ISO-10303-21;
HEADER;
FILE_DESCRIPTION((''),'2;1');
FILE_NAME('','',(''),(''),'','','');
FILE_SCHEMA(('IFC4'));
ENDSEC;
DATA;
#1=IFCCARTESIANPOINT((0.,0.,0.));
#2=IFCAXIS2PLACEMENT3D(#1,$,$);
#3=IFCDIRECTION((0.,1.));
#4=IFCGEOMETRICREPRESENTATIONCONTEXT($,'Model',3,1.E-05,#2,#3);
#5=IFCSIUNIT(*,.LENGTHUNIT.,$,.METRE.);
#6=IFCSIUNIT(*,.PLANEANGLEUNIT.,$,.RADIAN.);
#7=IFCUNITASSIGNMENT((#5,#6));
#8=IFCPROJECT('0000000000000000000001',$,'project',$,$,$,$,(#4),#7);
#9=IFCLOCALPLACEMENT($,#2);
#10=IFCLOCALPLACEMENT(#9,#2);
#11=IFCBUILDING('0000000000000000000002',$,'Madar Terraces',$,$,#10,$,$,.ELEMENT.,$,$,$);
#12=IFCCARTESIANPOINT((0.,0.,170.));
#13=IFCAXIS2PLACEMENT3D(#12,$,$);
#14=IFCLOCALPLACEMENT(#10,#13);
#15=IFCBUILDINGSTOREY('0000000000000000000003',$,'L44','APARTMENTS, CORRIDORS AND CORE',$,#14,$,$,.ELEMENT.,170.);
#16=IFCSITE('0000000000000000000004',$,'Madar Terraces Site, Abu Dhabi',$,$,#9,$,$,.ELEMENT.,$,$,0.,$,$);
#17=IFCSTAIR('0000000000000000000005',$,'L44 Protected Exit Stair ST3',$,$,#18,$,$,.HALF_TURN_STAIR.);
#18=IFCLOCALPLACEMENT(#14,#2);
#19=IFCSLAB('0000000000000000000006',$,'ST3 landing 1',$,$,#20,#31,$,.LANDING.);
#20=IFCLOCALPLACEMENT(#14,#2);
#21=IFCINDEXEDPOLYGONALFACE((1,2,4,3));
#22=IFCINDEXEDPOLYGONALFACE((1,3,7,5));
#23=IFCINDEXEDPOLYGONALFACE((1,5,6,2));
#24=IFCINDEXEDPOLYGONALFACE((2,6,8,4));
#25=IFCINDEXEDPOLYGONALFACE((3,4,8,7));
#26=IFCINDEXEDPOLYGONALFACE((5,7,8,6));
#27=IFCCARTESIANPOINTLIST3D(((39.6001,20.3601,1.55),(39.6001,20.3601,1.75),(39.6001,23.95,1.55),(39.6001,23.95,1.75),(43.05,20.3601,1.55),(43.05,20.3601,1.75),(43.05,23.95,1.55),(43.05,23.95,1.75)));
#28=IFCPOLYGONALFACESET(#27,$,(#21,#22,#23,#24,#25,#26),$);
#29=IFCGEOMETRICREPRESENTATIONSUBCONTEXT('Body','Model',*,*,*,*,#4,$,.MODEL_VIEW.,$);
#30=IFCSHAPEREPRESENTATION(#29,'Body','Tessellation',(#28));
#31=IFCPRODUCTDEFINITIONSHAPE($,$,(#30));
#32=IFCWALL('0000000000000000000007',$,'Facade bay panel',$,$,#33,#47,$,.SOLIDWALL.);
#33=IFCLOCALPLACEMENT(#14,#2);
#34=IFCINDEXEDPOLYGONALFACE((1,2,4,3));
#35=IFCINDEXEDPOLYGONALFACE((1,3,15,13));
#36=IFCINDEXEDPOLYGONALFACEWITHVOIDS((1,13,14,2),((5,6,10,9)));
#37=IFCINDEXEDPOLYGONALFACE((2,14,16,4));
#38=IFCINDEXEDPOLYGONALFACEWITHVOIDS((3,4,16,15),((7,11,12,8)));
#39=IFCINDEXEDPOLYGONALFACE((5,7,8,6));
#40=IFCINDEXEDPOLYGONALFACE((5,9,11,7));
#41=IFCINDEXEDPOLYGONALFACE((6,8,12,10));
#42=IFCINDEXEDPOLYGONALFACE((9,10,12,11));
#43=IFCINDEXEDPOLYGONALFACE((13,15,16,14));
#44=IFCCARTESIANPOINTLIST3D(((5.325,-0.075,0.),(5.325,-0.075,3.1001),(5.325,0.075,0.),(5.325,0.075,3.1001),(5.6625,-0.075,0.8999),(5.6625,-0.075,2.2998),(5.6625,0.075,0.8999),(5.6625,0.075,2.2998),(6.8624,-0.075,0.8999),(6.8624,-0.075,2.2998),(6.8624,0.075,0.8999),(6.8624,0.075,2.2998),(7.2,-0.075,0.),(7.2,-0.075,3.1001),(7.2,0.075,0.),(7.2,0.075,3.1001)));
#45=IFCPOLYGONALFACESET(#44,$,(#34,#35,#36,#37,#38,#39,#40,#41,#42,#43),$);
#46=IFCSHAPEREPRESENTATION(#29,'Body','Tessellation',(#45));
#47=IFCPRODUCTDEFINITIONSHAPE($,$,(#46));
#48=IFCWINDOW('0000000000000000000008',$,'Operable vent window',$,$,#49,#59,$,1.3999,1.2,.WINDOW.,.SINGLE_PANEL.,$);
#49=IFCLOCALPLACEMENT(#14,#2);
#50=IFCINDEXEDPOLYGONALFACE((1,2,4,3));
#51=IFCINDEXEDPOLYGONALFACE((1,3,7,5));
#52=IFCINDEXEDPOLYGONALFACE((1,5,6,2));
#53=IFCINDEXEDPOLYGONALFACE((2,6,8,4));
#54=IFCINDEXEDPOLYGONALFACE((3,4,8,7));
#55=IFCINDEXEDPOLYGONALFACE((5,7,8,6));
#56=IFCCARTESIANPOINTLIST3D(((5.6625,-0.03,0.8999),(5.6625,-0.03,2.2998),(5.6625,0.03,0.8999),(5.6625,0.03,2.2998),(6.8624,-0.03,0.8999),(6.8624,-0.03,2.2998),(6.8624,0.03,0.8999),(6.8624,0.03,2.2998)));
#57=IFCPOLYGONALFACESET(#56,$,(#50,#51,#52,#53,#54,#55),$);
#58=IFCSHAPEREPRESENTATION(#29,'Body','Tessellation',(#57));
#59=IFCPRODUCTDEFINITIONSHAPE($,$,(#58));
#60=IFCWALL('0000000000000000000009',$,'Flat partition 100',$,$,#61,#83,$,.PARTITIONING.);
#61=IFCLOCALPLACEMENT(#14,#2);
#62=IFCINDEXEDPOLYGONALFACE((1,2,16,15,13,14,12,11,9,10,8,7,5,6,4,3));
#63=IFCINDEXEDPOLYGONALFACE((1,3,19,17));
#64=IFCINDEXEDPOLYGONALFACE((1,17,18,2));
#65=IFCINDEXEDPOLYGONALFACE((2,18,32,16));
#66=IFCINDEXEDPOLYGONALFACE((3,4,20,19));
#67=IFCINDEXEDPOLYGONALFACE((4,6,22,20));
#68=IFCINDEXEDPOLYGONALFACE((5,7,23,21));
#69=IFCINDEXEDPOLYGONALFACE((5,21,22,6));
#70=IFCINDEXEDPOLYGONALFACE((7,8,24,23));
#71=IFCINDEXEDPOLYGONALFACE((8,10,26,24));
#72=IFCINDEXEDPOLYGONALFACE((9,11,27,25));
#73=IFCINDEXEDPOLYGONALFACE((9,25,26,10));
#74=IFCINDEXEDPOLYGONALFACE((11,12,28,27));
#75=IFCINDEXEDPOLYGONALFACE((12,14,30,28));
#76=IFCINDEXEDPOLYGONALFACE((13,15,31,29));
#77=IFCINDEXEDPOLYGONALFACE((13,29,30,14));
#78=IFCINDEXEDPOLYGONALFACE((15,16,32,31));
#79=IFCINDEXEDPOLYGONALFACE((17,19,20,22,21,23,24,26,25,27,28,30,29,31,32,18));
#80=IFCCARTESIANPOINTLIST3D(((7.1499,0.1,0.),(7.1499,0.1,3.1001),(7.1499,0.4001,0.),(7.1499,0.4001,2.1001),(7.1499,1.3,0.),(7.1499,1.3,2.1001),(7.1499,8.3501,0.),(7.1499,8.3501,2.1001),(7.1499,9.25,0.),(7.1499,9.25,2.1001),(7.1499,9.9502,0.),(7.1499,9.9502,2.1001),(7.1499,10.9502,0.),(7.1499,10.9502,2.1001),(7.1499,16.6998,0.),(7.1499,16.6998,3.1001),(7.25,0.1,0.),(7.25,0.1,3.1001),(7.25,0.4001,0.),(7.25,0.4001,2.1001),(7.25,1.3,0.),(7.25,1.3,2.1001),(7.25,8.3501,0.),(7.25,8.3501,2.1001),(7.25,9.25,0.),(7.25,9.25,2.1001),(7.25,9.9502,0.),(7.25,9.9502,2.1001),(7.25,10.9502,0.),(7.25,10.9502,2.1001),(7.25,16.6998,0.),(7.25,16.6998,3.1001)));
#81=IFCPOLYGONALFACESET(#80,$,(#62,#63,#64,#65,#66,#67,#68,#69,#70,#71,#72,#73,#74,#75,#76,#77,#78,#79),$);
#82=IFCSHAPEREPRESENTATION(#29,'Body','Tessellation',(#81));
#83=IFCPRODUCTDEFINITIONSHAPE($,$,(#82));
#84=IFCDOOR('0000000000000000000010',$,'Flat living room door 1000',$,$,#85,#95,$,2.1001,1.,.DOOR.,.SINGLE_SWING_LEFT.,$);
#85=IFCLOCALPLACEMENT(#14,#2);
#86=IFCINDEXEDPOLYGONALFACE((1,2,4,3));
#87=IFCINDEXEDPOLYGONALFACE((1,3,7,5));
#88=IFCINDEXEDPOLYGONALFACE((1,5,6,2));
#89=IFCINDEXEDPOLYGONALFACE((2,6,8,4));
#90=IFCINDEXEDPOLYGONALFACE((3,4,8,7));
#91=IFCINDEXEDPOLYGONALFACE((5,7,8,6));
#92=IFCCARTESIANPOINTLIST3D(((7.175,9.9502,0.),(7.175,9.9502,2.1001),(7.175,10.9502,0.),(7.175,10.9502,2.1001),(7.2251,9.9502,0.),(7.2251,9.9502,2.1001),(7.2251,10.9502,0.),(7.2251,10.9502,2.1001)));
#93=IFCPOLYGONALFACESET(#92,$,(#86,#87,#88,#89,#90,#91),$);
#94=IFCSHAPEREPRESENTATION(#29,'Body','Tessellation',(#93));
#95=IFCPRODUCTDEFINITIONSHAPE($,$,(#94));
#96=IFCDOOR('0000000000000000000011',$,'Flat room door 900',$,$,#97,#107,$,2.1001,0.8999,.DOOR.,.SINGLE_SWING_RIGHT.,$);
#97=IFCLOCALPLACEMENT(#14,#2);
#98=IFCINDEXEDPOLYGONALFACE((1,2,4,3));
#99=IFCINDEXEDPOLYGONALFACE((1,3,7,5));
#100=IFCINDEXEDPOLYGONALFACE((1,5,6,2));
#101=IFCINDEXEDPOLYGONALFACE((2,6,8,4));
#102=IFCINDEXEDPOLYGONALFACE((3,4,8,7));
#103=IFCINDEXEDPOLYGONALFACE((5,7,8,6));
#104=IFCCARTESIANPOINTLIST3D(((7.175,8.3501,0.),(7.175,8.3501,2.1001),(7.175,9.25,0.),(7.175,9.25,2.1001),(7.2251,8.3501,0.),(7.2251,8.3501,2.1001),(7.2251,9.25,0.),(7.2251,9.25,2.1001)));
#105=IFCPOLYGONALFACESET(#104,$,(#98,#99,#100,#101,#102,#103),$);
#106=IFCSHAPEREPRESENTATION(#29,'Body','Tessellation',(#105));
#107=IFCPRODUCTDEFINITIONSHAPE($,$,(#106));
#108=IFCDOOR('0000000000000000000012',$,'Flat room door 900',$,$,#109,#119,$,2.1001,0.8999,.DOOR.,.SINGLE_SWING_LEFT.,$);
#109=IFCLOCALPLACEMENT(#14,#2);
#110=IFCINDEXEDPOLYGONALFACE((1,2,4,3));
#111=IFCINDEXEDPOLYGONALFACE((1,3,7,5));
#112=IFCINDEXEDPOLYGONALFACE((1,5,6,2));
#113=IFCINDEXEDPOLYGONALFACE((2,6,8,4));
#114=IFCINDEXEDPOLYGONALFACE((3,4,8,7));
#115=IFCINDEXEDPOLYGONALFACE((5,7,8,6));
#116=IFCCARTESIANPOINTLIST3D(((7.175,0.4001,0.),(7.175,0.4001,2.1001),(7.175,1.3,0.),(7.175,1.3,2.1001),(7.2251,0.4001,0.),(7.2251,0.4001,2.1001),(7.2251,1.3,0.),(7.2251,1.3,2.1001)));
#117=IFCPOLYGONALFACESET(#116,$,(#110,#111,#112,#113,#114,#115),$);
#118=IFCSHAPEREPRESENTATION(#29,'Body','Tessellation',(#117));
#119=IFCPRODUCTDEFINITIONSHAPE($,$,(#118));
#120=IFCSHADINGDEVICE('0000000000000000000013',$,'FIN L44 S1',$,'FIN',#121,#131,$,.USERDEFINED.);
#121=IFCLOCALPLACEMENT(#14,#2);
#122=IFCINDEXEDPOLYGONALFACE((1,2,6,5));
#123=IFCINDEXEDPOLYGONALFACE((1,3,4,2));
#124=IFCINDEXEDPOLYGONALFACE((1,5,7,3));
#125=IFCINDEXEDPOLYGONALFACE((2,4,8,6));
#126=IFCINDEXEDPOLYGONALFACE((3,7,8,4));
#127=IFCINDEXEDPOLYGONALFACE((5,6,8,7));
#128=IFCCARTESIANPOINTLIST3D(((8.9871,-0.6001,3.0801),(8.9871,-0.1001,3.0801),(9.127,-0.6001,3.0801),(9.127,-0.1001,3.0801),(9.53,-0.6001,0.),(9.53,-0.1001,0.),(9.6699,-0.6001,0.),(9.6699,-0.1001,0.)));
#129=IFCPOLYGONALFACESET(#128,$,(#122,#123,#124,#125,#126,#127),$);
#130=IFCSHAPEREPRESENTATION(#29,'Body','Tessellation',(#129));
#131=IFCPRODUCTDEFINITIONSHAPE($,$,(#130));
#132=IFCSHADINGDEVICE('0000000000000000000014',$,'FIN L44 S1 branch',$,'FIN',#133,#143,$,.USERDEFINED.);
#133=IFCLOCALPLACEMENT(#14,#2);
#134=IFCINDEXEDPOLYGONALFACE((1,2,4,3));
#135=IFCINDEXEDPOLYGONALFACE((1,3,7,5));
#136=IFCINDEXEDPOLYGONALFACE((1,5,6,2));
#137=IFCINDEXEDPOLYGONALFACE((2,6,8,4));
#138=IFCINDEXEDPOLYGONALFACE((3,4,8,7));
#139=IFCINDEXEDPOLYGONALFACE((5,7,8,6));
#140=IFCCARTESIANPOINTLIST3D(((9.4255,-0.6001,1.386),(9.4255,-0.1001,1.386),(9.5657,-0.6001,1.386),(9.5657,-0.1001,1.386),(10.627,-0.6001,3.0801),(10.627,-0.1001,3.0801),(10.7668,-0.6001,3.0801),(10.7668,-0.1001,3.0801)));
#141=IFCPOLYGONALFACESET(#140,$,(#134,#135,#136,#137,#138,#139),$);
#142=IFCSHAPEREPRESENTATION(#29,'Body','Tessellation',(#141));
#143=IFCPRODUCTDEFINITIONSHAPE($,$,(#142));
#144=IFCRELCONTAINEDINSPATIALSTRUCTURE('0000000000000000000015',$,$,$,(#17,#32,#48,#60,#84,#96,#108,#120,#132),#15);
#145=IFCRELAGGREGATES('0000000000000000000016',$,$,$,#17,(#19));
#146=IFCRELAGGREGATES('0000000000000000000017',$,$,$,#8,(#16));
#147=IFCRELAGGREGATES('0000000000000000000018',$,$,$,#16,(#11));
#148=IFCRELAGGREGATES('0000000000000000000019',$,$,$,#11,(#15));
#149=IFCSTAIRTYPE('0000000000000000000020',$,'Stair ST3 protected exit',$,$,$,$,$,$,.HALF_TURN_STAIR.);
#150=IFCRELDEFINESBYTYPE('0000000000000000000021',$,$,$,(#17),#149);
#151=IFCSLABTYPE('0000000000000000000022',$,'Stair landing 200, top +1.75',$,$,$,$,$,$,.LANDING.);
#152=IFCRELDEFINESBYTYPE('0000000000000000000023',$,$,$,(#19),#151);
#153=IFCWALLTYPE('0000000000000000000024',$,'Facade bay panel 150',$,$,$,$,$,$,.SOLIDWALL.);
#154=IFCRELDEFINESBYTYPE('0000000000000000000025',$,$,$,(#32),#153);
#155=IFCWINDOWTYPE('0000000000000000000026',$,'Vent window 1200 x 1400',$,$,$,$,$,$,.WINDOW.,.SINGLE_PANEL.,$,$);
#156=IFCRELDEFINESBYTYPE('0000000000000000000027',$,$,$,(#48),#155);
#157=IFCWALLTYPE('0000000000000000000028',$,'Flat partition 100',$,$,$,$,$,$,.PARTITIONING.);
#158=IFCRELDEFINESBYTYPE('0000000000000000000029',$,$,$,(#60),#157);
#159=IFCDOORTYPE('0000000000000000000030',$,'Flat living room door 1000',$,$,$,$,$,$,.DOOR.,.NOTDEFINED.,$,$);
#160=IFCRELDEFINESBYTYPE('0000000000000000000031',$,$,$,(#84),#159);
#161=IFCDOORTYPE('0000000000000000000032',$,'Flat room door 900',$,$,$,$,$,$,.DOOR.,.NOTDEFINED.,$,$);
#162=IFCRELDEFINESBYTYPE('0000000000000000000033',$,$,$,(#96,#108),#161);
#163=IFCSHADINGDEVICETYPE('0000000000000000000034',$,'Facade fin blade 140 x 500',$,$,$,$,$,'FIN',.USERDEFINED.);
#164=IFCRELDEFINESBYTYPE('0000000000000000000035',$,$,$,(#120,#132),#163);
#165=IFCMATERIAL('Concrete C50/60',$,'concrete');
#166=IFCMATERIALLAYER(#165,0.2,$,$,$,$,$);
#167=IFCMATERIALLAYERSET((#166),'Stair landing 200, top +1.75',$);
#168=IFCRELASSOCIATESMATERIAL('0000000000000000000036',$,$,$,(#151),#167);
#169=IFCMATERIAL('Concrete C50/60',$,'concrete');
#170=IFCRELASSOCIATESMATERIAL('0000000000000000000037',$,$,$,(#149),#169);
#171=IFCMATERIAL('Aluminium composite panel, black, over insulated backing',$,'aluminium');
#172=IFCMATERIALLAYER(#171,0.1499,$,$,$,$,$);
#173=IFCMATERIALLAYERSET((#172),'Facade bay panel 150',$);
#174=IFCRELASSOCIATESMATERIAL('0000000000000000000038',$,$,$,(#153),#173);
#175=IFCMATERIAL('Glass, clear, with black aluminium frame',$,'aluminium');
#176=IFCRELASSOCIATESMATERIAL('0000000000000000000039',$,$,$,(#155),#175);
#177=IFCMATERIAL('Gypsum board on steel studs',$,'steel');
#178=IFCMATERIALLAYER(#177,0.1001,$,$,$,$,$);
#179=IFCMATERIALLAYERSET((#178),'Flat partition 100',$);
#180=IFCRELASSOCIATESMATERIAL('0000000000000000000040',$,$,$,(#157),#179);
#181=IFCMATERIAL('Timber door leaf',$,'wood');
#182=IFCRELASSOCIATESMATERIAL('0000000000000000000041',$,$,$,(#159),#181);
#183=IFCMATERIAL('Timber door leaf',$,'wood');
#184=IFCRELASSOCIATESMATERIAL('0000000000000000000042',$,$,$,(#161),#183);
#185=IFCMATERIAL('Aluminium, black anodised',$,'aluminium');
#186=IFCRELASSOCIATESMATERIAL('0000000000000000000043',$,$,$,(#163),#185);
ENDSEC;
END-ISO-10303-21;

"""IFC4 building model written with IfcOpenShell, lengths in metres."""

from ifc_helpers import new_model, si_unit, direction, frame, frame_2d, origin, place, context, subcontext, project, spatial, polyline, rectangle, outline, extrude, material, layer, layer_set, type_object, element, fill, aggregate, save


model = new_model("IFC4")

# Units and contexts
model_context = context("Model", 3, precision=1e-05, world=origin(), true_north=direction((0.0, 1.0)))
body_context = subcontext(model_context, "Body", "Model", "MODEL_VIEW")
ifc_project = project(units=[si_unit("LENGTHUNIT", "METRE"), si_unit("PLANEANGLEUNIT", "RADIAN")], contexts=[model_context])

# Site, building, storey
site_placement = place(None, origin())
site = spatial("IfcSite", under=ifc_project, at=site_placement, Name="Madar Terraces Site, Abu Dhabi", CompositionType="ELEMENT", RefElevation=0.0)
building_placement = place(site_placement, origin())
building = spatial("IfcBuilding", under=site, at=building_placement, Name="Madar Terraces", CompositionType="ELEMENT")
storey_placement = place(building_placement, frame((0.0, 0.0, 170.0)))
storey = spatial("IfcBuildingStorey", under=building, at=storey_placement, Name="L44", Description="APARTMENTS, CORRIDORS AND CORE", CompositionType="ELEMENT", Elevation=170.0)

# Stair, slab
ifc_material_1 = material(Name="Concrete C50/60", Category="concrete")
ifc_layer_1 = layer(ifc_material_1, 0.2)
ifc_layer_set_1 = layer_set([ifc_layer_1], Name="Stair landing 200, top +1.75")
slab_type_1 = type_object("IfcSlabType", Name="Stair landing 200, top +1.75", PredefinedType="LANDING", material=ifc_layer_set_1)
ifc_material_2 = material(Name="Concrete C50/60", Category="concrete")
stair_type_1 = type_object("IfcStairType", Name="Stair ST3 protected exit", PredefinedType="HALF_TURN_STAIR", material=ifc_material_2)
stair_1_placement = place(storey_placement, origin())
stair_1 = element("IfcStair", 1, at=stair_1_placement, inside=storey, type_object=stair_type_1, Name="L44 Protected Exit Stair ST3", PredefinedType="HALF_TURN_STAIR")
slab_1_placement = place(storey_placement, frame((0.0, 0.0, 1.55)))
slab_1 = element("IfcSlab", 2, at=slab_1_placement, type_object=slab_type_1, Name="ST3 landing 1", PredefinedType="LANDING", context=body_context, shape_type="SweptSolid", body=[
    extrude(outline(polyline([(39.6001, 20.3601), (43.05, 20.3601), (43.05, 23.95), (39.6001, 23.95), (39.6001, 20.3601)])), origin(), (0.0, 0.0, 1.0), 0.2),
])
aggregate(stair_1, [slab_1])

# Wall, opening, window
ifc_material_3 = material(Name="Aluminium composite panel, black, over insulated backing", Category="aluminium")
ifc_layer_2 = layer(ifc_material_3, 0.1499)
ifc_layer_set_2 = layer_set([ifc_layer_2], Name="Facade bay panel 150")
wall_type_1 = type_object("IfcWallType", Name="Facade bay panel 150", PredefinedType="SOLIDWALL", material=ifc_layer_set_2)
wall_1_placement = place(storey_placement, frame((5.325, 0.0, 0.0), z_axis=(0.0, 0.0, 1.0), x_axis=(1.0, 0.0, 0.0)))
wall_1 = element("IfcWall", 3, at=wall_1_placement, inside=storey, type_object=wall_type_1, Name="Facade bay panel", PredefinedType="SOLIDWALL", context=body_context, shape_type="SweptSolid", body=[
    extrude(rectangle(XDim=1.875, YDim=0.1499, at=frame_2d((0.9375, 0.0))), origin(), (0.0, 0.0, 1.0), 3.1001),
])
opening_1_placement = place(wall_1_placement, frame((0.3374, 0.0, 0.8999)))
opening_1 = element("IfcOpeningElement", 4, at=opening_1_placement, cuts=wall_1, PredefinedType="OPENING", context=body_context, shape_type="SweptSolid", body=[
    extrude(rectangle(XDim=1.2, YDim=1.3999, at=frame_2d((0.6001, 0.7))), frame((0.0, 0.085, 0.0), z_axis=(0.0, -1.0, 0.0), x_axis=(1.0, 0.0, 0.0)), (0.0, 0.0, 1.0), 0.1699),
])
ifc_material_4 = material(Name="Glass, clear, with black aluminium frame", Category="aluminium")
window_type = type_object("IfcWindowType", Name="Vent window 1200 x 1400", PartitioningType="SINGLE_PANEL", PredefinedType="WINDOW", material=ifc_material_4)
window_placement = place(opening_1_placement, origin())
window = element("IfcWindow", 5, at=window_placement, inside=storey, type_object=window_type, Name="Operable vent window", OverallHeight=1.3999, OverallWidth=1.2, PartitioningType="SINGLE_PANEL", PredefinedType="WINDOW", context=body_context, shape_type="SweptSolid", body=[
    extrude(rectangle(XDim=1.2, YDim=1.3999, at=frame_2d((0.6001, 0.7))), frame((0.0, 0.03, 0.0), z_axis=(0.0, -1.0, 0.0), x_axis=(1.0, 0.0, 0.0)), (0.0, 0.0, 1.0), 0.0601),
])
fill(opening_1, window)

# Wall, openings, doors
ifc_material_5 = material(Name="Gypsum board on steel studs", Category="steel")
ifc_layer_3 = layer(ifc_material_5, 0.1001)
ifc_layer_set_3 = layer_set([ifc_layer_3], Name="Flat partition 100")
wall_type_2 = type_object("IfcWallType", Name="Flat partition 100", PredefinedType="PARTITIONING", material=ifc_layer_set_3)
wall_2_placement = place(storey_placement, frame((7.2, 0.1001, 0.0), z_axis=(0.0, 0.0, 1.0), x_axis=(0.0, 1.0, 0.0)))
wall_2 = element("IfcWall", 6, at=wall_2_placement, inside=storey, type_object=wall_type_2, Name="Flat partition 100", PredefinedType="PARTITIONING", context=body_context, shape_type="SweptSolid", body=[
    extrude(rectangle(XDim=16.5999, YDim=0.1001, at=frame_2d((8.2998, 0.0))), origin(), (0.0, 0.0, 1.0), 3.1001),
])
opening_2_placement = place(wall_2_placement, frame((9.8501, 0.0, 0.0)))
opening_2 = element("IfcOpeningElement", 7, at=opening_2_placement, cuts=wall_2, PredefinedType="OPENING", context=body_context, shape_type="SweptSolid", body=[
    extrude(rectangle(XDim=1.0, YDim=2.1001, at=frame_2d((0.5, 1.05))), frame((0.0, 0.0601, 0.0), z_axis=(0.0, -1.0, 0.0), x_axis=(1.0, 0.0, 0.0)), (0.0, 0.0, 1.0), 0.1201),
])
opening_3_placement = place(wall_2_placement, frame((8.25, 0.0, 0.0)))
opening_3 = element("IfcOpeningElement", 8, at=opening_3_placement, cuts=wall_2, PredefinedType="OPENING", context=body_context, shape_type="SweptSolid", body=[
    extrude(rectangle(XDim=0.8999, YDim=2.1001, at=frame_2d((0.45, 1.05))), frame((0.0, 0.0601, 0.0), z_axis=(0.0, -1.0, 0.0), x_axis=(1.0, 0.0, 0.0)), (0.0, 0.0, 1.0), 0.1201),
])
opening_4_placement = place(wall_2_placement, frame((0.3, 0.0, 0.0)))
opening_4 = element("IfcOpeningElement", 9, at=opening_4_placement, cuts=wall_2, PredefinedType="OPENING", context=body_context, shape_type="SweptSolid", body=[
    extrude(rectangle(XDim=0.8999, YDim=2.1001, at=frame_2d((0.45, 1.05))), frame((0.0, 0.0601, 0.0), z_axis=(0.0, -1.0, 0.0), x_axis=(1.0, 0.0, 0.0)), (0.0, 0.0, 1.0), 0.1201),
])
ifc_material_6 = material(Name="Timber door leaf", Category="wood")
door_type_1 = type_object("IfcDoorType", Name="Flat living room door 1000", OperationType="NOTDEFINED", PredefinedType="DOOR", material=ifc_material_6)
door_1_placement = place(opening_2_placement, origin())
door_1 = element("IfcDoor", 10, at=door_1_placement, inside=storey, type_object=door_type_1, Name="Flat living room door 1000", OperationType="SINGLE_SWING_LEFT", OverallHeight=2.1001, OverallWidth=1.0, PredefinedType="DOOR", context=body_context, shape_type="SweptSolid", body=[
    extrude(rectangle(XDim=1.0, YDim=2.1001, at=frame_2d((0.5, 1.05))), frame((0.0, 0.0249, 0.0), z_axis=(0.0, -1.0, 0.0), x_axis=(1.0, 0.0, 0.0)), (0.0, 0.0, 1.0), 0.05),
])
fill(opening_2, door_1)
ifc_material_7 = material(Name="Timber door leaf", Category="wood")
door_type_2 = type_object("IfcDoorType", Name="Flat room door 900", OperationType="NOTDEFINED", PredefinedType="DOOR", material=ifc_material_7)
door_2_placement = place(opening_3_placement, origin())
door_2 = element("IfcDoor", 11, at=door_2_placement, inside=storey, type_object=door_type_2, Name="Flat room door 900", OperationType="SINGLE_SWING_RIGHT", OverallHeight=2.1001, OverallWidth=0.8999, PredefinedType="DOOR", context=body_context, shape_type="SweptSolid", body=[
    extrude(rectangle(XDim=0.8999, YDim=2.1001, at=frame_2d((0.45, 1.05))), frame((0.0, 0.0249, 0.0), z_axis=(0.0, -1.0, 0.0), x_axis=(1.0, 0.0, 0.0)), (0.0, 0.0, 1.0), 0.05),
])
fill(opening_3, door_2)
door_3_placement = place(opening_4_placement, origin())
door_3 = element("IfcDoor", 12, at=door_3_placement, inside=storey, type_object=door_type_2, Name="Flat room door 900", OperationType="SINGLE_SWING_LEFT", OverallHeight=2.1001, OverallWidth=0.8999, PredefinedType="DOOR", context=body_context, shape_type="SweptSolid", body=[
    extrude(rectangle(XDim=0.8999, YDim=2.1001, at=frame_2d((0.45, 1.05))), frame((0.0, 0.0249, 0.0), z_axis=(0.0, -1.0, 0.0), x_axis=(1.0, 0.0, 0.0)), (0.0, 0.0, 1.0), 0.05),
])
fill(opening_4, door_3)

# Shading devices
ifc_material_8 = material(Name="Aluminium, black anodised", Category="aluminium")
shading_device_type = type_object("IfcShadingDeviceType", Name="Facade fin blade 140 x 500", ElementType="FIN", PredefinedType="USERDEFINED", material=ifc_material_8)
shading_device_1_placement = place(storey_placement, frame((9.53, -0.3501, 0.0), z_axis=(0.0, 0.0, 1.0), x_axis=(1.0, 0.0, 0.0)))
element("IfcShadingDevice", 13, at=shading_device_1_placement, inside=storey, type_object=shading_device_type, Name="FIN L44 S1", ObjectType="FIN", PredefinedType="USERDEFINED", context=body_context, shape_type="SweptSolid", body=[
    extrude(outline(polyline([(0.0, 0.0), (0.1399, 0.0), (-0.4031, 3.0801), (-0.543, 3.0801), (0.0, 0.0)])), frame((0.0, 0.25, 0.0), z_axis=(0.0, -1.0, 0.0), x_axis=(1.0, 0.0, 0.0)), (0.0, 0.0, 1.0), 0.5),
])
shading_device_2_placement = place(storey_placement, frame((9.4255, -0.3501, 1.386), z_axis=(0.0, 0.0, 1.0), x_axis=(1.0, 0.0, 0.0)))
element("IfcShadingDevice", 14, at=shading_device_2_placement, inside=storey, type_object=shading_device_type, Name="FIN L44 S1 branch", ObjectType="FIN", PredefinedType="USERDEFINED", context=body_context, shape_type="SweptSolid", body=[
    extrude(outline(polyline([(0.0, 0.0), (0.1401, 0.0), (1.3413, 1.6941), (1.2014, 1.6941), (0.0, 0.0)])), frame((0.0, 0.25, 0.0), z_axis=(0.0, -1.0, 0.0), x_axis=(1.0, 0.0, 0.0)), (0.0, 0.0, 1.0), 0.5),
])

save(model, "model.ifc")
